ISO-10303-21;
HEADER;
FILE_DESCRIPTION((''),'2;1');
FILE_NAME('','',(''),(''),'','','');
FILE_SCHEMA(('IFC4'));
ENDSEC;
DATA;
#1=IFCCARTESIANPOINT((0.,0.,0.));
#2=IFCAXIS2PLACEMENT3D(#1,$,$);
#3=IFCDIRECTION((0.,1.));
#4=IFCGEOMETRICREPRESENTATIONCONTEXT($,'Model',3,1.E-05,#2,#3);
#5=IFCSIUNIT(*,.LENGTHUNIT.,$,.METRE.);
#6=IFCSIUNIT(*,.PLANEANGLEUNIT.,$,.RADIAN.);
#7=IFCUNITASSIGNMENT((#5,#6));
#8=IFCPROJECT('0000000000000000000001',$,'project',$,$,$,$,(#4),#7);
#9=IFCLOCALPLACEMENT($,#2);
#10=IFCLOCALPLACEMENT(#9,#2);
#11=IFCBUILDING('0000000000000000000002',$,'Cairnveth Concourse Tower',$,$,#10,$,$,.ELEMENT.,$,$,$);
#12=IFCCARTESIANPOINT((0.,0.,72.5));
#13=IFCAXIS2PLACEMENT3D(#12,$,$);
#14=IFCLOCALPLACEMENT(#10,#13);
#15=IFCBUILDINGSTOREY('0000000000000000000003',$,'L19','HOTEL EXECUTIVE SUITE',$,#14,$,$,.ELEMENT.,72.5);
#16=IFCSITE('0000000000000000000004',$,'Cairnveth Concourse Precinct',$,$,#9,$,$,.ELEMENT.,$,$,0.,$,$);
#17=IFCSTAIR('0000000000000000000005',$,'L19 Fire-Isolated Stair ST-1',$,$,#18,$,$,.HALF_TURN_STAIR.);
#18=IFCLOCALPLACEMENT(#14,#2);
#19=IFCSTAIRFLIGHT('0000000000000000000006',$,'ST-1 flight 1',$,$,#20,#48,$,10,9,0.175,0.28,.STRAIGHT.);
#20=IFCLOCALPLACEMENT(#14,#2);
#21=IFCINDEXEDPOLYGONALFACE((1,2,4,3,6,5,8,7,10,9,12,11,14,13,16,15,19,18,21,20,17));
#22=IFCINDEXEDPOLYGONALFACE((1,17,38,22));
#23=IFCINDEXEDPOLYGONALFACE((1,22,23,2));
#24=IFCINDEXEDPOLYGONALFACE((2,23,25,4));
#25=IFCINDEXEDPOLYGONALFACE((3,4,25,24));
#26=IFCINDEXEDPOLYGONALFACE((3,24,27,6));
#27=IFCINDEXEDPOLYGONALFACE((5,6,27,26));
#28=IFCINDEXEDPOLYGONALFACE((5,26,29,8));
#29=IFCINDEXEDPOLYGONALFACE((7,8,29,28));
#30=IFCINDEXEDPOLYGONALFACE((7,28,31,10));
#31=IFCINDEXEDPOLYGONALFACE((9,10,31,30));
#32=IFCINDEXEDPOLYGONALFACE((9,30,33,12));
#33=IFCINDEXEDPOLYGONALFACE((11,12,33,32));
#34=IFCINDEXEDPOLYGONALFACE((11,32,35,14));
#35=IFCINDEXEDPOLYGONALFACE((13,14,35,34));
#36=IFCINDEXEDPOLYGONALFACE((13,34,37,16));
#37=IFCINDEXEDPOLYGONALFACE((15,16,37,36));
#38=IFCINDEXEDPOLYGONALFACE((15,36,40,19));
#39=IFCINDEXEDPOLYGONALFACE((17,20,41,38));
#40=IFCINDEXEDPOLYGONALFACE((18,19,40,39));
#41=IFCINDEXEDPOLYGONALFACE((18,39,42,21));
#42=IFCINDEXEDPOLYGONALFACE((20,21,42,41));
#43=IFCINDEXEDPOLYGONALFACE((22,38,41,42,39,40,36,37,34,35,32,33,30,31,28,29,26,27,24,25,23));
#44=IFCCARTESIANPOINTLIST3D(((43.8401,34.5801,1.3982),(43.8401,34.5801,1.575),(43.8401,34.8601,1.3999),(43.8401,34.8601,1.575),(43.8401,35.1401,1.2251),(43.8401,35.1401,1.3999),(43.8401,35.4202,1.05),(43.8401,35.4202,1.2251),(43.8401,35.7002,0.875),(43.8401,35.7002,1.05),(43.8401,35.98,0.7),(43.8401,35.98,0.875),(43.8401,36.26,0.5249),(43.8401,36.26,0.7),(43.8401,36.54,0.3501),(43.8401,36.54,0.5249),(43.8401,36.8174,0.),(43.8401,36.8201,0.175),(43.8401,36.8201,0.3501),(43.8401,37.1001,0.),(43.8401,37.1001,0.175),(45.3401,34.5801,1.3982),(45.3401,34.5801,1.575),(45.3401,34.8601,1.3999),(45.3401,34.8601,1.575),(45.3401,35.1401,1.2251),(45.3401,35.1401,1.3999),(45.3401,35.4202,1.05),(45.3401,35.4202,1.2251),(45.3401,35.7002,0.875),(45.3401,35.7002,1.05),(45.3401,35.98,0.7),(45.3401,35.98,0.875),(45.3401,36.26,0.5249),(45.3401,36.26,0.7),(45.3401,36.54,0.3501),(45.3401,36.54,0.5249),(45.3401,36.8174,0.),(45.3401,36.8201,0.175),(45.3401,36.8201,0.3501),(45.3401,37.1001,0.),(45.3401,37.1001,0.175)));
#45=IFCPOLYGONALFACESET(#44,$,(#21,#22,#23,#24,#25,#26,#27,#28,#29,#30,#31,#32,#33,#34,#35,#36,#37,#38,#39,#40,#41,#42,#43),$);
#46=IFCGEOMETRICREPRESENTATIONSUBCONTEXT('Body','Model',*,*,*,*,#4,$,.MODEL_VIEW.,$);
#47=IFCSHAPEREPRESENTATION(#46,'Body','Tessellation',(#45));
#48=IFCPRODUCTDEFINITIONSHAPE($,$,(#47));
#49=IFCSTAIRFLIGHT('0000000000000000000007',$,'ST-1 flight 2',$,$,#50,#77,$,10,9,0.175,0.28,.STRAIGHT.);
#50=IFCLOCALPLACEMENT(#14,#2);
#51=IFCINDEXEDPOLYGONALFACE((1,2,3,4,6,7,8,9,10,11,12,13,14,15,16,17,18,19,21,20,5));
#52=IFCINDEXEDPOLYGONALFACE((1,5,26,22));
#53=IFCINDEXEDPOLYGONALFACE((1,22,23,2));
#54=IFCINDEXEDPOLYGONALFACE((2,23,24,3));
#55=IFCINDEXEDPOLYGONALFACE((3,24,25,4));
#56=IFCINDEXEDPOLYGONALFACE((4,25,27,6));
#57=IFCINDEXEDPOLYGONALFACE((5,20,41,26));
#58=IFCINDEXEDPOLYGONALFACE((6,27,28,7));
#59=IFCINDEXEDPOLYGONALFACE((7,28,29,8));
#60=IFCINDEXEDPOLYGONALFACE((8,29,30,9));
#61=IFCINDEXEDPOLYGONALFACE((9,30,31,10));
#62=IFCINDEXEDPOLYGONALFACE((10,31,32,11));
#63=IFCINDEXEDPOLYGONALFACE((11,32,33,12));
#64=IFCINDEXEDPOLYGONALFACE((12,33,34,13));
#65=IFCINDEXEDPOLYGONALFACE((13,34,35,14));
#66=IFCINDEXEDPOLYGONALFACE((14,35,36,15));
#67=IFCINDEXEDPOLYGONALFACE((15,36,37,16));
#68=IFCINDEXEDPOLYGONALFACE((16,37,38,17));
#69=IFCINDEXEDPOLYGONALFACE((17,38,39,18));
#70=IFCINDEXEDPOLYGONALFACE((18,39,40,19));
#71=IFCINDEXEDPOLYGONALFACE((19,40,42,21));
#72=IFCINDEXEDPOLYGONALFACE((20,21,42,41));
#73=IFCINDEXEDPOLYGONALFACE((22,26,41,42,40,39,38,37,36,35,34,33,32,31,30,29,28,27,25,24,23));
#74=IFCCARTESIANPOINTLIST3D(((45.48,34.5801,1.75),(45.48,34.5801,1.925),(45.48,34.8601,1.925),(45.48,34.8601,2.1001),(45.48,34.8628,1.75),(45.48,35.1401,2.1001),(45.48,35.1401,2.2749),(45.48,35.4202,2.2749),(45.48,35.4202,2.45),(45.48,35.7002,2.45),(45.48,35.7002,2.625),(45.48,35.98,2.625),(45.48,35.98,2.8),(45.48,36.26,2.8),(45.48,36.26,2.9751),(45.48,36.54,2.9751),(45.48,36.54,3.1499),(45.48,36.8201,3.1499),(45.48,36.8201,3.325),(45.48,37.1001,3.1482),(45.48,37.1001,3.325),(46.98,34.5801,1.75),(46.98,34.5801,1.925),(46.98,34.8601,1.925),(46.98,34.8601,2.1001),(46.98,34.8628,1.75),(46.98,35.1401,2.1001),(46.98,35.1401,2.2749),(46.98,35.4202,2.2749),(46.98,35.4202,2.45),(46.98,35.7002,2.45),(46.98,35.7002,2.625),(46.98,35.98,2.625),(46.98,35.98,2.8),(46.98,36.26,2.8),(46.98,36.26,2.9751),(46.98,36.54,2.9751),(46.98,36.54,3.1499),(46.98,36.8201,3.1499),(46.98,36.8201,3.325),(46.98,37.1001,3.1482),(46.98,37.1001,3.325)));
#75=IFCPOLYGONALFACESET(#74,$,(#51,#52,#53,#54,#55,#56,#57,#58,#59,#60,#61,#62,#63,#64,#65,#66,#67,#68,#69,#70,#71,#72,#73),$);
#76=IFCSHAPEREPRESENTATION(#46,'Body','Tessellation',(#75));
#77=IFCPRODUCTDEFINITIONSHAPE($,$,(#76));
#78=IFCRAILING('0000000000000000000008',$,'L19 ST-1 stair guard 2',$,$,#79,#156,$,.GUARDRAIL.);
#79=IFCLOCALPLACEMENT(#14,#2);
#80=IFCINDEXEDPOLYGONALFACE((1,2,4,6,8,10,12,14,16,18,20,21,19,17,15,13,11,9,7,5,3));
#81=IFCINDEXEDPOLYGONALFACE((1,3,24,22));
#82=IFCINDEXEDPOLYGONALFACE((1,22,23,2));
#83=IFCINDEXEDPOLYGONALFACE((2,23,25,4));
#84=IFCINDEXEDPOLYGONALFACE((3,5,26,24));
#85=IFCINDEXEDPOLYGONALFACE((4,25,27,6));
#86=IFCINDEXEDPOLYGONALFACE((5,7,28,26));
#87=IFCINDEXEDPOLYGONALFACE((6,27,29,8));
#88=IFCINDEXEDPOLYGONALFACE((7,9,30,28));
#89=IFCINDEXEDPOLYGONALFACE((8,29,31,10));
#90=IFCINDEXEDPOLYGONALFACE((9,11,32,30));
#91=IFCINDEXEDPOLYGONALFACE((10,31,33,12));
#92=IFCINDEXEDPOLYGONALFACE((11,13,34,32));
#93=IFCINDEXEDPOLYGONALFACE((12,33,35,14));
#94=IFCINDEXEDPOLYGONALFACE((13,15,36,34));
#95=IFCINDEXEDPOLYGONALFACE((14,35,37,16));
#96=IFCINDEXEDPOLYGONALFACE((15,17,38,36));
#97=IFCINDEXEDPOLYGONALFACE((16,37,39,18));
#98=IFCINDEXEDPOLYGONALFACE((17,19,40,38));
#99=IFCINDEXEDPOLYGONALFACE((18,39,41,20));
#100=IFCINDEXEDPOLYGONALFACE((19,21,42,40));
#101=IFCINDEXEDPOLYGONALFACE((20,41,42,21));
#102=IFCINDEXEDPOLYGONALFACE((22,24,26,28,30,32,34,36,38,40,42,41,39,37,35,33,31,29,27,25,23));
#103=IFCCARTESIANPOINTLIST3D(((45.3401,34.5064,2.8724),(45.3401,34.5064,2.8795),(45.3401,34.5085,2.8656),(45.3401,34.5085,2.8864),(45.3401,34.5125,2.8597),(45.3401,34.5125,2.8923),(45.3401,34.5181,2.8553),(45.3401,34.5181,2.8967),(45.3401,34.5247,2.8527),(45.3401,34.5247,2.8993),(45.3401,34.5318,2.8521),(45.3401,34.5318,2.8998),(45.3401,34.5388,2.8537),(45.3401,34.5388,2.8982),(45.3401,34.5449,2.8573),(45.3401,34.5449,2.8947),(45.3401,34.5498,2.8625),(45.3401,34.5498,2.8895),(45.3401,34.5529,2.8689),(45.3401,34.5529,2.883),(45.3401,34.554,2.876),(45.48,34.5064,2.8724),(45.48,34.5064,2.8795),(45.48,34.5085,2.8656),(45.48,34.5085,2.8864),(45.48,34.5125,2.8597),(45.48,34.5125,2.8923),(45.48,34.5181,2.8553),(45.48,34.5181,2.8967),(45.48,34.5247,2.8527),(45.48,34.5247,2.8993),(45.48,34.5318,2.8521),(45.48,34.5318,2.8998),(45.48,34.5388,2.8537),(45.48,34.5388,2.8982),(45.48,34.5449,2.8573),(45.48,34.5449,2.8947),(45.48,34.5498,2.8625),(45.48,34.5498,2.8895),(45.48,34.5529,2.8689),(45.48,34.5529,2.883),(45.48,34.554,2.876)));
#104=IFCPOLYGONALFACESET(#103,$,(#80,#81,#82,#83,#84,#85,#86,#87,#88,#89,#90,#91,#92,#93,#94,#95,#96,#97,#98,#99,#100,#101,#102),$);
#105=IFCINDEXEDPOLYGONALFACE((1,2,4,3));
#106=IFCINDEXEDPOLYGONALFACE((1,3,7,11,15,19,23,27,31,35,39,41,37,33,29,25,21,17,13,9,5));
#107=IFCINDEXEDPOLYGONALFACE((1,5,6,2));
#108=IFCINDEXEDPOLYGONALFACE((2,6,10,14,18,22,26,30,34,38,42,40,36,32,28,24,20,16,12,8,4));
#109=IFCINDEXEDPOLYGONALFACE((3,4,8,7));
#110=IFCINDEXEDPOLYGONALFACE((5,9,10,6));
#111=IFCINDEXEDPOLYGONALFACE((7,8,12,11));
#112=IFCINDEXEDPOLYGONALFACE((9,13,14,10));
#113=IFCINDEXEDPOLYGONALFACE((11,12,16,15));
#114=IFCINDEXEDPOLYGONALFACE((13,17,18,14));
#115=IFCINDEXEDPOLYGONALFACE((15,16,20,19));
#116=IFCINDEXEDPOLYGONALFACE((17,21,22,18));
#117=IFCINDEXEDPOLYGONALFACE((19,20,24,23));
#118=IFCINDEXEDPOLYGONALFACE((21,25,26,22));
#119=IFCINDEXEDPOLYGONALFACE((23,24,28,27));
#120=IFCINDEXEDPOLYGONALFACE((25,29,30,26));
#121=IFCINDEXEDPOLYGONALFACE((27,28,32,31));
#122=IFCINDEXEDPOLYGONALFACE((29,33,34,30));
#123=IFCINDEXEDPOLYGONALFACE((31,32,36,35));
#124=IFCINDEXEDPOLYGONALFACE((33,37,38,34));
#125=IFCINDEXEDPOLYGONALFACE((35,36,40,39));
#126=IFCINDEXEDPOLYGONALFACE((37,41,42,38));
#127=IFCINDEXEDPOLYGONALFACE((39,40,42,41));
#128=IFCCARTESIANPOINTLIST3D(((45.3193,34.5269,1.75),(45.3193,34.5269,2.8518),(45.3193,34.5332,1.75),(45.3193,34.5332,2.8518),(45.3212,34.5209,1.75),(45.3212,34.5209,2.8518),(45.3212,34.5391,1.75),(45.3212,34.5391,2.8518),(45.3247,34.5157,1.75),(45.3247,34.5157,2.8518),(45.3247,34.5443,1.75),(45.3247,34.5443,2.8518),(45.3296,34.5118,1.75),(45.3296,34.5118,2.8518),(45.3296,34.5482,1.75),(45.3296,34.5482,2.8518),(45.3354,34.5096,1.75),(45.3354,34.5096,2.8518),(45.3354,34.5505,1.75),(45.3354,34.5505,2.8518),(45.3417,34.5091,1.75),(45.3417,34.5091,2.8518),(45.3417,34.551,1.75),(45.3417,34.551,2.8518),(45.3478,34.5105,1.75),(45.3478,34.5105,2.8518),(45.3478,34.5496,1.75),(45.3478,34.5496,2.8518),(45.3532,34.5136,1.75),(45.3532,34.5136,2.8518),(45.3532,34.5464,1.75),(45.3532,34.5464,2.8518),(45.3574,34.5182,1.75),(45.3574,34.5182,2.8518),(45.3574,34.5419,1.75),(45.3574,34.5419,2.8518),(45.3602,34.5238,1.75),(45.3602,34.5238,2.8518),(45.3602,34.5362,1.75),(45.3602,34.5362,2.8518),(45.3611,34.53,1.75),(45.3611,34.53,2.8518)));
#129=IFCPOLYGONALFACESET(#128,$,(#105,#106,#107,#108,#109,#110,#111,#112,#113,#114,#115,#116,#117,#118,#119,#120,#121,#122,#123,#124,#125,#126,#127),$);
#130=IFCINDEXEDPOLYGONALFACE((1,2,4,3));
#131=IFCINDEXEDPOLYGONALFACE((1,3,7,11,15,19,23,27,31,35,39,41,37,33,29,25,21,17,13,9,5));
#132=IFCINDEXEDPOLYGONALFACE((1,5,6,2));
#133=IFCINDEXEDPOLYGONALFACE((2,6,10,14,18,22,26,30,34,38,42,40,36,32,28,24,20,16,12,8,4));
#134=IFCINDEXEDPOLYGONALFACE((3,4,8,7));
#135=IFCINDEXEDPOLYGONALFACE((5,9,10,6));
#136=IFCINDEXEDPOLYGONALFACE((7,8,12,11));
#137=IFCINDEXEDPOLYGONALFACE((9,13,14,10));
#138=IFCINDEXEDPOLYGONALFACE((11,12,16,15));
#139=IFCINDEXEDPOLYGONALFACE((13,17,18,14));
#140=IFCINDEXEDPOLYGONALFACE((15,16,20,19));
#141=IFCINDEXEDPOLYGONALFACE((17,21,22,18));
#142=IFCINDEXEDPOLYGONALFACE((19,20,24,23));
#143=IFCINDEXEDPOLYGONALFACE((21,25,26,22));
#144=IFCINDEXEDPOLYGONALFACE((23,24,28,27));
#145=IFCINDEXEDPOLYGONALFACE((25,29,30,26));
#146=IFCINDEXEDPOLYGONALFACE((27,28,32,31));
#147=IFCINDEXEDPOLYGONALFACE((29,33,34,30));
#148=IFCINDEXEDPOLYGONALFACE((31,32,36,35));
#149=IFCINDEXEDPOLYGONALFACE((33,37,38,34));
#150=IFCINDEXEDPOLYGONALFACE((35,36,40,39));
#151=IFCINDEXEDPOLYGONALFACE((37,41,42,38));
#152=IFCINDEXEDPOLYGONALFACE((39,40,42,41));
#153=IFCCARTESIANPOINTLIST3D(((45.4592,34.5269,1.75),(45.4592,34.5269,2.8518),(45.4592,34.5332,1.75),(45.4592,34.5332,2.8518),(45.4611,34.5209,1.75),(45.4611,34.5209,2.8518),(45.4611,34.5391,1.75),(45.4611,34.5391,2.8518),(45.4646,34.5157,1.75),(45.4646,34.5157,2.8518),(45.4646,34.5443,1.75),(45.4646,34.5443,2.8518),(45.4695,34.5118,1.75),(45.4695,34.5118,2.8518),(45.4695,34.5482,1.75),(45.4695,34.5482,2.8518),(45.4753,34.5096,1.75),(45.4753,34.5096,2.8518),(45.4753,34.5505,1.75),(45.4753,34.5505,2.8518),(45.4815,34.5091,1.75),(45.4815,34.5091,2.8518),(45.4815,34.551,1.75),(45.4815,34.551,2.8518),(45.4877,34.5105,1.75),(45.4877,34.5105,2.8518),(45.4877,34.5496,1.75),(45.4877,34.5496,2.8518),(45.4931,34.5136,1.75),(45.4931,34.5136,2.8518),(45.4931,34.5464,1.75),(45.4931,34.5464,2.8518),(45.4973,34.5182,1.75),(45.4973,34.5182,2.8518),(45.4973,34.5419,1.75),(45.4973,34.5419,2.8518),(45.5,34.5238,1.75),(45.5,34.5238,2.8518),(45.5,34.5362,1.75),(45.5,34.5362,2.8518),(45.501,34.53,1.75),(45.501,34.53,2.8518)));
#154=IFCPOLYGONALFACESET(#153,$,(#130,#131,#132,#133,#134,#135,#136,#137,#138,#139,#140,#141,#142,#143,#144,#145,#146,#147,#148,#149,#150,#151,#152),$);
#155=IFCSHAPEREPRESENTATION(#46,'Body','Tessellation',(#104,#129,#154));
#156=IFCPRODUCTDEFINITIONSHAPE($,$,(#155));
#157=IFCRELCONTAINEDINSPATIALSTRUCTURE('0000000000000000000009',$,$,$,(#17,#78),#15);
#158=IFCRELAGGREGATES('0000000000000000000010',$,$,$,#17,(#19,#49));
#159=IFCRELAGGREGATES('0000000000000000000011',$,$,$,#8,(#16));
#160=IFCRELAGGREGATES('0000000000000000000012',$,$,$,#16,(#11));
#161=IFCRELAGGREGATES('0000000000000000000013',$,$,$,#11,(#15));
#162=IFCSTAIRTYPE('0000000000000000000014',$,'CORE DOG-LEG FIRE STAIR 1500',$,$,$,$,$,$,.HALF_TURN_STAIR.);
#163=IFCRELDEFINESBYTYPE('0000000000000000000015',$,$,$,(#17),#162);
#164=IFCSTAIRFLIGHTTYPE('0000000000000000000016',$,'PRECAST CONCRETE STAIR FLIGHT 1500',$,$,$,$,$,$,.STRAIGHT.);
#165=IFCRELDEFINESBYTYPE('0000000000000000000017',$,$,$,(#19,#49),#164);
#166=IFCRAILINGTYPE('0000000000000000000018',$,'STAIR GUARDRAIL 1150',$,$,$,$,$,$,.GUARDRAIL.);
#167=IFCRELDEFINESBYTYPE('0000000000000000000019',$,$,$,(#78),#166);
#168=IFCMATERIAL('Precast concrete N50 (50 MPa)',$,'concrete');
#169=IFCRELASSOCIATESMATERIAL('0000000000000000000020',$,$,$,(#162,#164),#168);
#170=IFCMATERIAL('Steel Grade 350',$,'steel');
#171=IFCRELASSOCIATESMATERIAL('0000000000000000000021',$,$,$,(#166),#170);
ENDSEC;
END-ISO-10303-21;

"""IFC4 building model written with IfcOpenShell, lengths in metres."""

from ifc_helpers import new_model, si_unit, direction, frame, origin, origin_2d, place, context, subcontext, project, spatial, polyline, circle, outline, extrude, material, type_object, element, aggregate, save


model = new_model("IFC4")

# Units and contexts
model_context = context("Model", 3, precision=1e-05, world=origin(), true_north=direction((0.0, 1.0)))
body_context = subcontext(model_context, "Body", "Model", "MODEL_VIEW")
ifc_project = project(units=[si_unit("LENGTHUNIT", "METRE"), si_unit("PLANEANGLEUNIT", "RADIAN")], contexts=[model_context])

# Site, building, storey
site_placement = place(None, origin())
site = spatial("IfcSite", under=ifc_project, at=site_placement, Name="Cairnveth Concourse Precinct", CompositionType="ELEMENT", RefElevation=0.0)
building_placement = place(site_placement, origin())
building = spatial("IfcBuilding", under=site, at=building_placement, Name="Cairnveth Concourse Tower", CompositionType="ELEMENT")
storey_placement = place(building_placement, frame((0.0, 0.0, 72.5)))
storey = spatial("IfcBuildingStorey", under=building, at=storey_placement, Name="L19", Description="HOTEL EXECUTIVE SUITE", CompositionType="ELEMENT", Elevation=72.5)

# Stair, stair flights
ifc_material_1 = material(Name="Precast concrete N50 (50 MPa)", Category="concrete")
stair_type = type_object("IfcStairType", Name="CORE DOG-LEG FIRE STAIR 1500", PredefinedType="HALF_TURN_STAIR", material=ifc_material_1)
stair_placement = place(storey_placement, origin())
stair = element("IfcStair", 1, at=stair_placement, inside=storey, type_object=stair_type, Name="L19 Fire-Isolated Stair ST-1", PredefinedType="HALF_TURN_STAIR")
stair_flight_type = type_object("IfcStairFlightType", Name="PRECAST CONCRETE STAIR FLIGHT 1500", PredefinedType="STRAIGHT", material=ifc_material_1)
stair_flight_1_placement = place(storey_placement, frame((44.5901, 37.1001, 0.0), z_axis=(0.0, 0.0, 1.0), x_axis=(0.0, -1.0, 0.0)))
stair_flight_1 = element("IfcStairFlight", 2, at=stair_flight_1_placement, type_object=stair_flight_type, Name="ST-1 flight 1", NumberOfRisers=10, NumberOfTreads=9, PredefinedType="STRAIGHT", RiserHeight=0.175, TreadLength=0.28, context=body_context, shape_type="SweptSolid", body=[
    extrude(outline(polyline([(0.0, 0.0), (0.0, 0.175), (0.28, 0.175), (0.28, 0.3501), (0.5601, 0.3501), (0.5601, 0.5249), (0.8401, 0.5249), (0.8401, 0.7), (1.1201, 0.7), (1.1201, 0.875), (1.3999, 0.875), (1.3999, 1.05), (1.6799, 1.05), (1.6799, 1.2251), (1.96, 1.2251), (1.96, 1.3999), (2.24, 1.3999), (2.24, 1.575), (2.52, 1.575), (2.52, 1.75), (2.52, 1.3982), (0.2827, 0.0), (0.0, 0.0)])), frame((0.0, 0.75, 0.0), z_axis=(0.0, -1.0, 0.0), x_axis=(1.0, 0.0, 0.0)), (0.0, 0.0, 1.0), 1.5),
])
stair_flight_2_placement = place(storey_placement, frame((46.23, 34.5801, 1.75), z_axis=(0.0, 0.0, 1.0), x_axis=(0.0, 1.0, 0.0)))
stair_flight_2 = element("IfcStairFlight", 3, at=stair_flight_2_placement, type_object=stair_flight_type, Name="ST-1 flight 2", NumberOfRisers=10, NumberOfTreads=9, PredefinedType="STRAIGHT", RiserHeight=0.175, TreadLength=0.28, context=body_context, shape_type="SweptSolid", body=[
    extrude(outline(polyline([(0.0, 0.0), (0.0, 0.175), (0.28, 0.175), (0.28, 0.3501), (0.5601, 0.3501), (0.5601, 0.5249), (0.8401, 0.5249), (0.8401, 0.7), (1.1201, 0.7), (1.1201, 0.875), (1.3999, 0.875), (1.3999, 1.05), (1.6799, 1.05), (1.6799, 1.2251), (1.96, 1.2251), (1.96, 1.3999), (2.24, 1.3999), (2.24, 1.575), (2.52, 1.575), (2.52, 1.75), (2.52, 1.3982), (0.2827, 0.0), (0.0, 0.0)])), frame((0.0, 0.75, 0.0), z_axis=(0.0, -1.0, 0.0), x_axis=(1.0, 0.0, 0.0)), (0.0, 0.0, 1.0), 1.5),
])
aggregate(stair, [stair_flight_1, stair_flight_2])

# Railing
ifc_material_2 = material(Name="Steel Grade 350", Category="steel")
railing_type_1 = type_object("IfcRailingType", Name="STAIR GUARDRAIL 1150", PredefinedType="GUARDRAIL", material=ifc_material_2)
railing_1_placement = place(storey_placement, frame((45.3401, 34.53, 1.75)))
element("IfcRailing", 4, at=railing_1_placement, inside=storey, type_object=railing_type_1, Name="L19 ST-1 stair guard 2", PredefinedType="GUARDRAIL", context=body_context, shape_type="SweptSolid", body=[
    extrude(circle(Radius=0.0239, at=origin_2d()), frame((0.0, 0.0, 1.126), z_axis=(1.0, 0.0, 0.0), x_axis=(0.0, 1.0, 0.0)), (0.0, 0.0, 1.0), 0.1399),
    extrude(circle(Radius=0.021, at=origin_2d()), origin(), (0.0, 0.0, 1.0), 1.1018),
    extrude(circle(Radius=0.021, at=origin_2d()), frame((0.1399, 0.0, 0.0)), (0.0, 0.0, 1.0), 1.1018),
])

save(model, "model.ifc")
